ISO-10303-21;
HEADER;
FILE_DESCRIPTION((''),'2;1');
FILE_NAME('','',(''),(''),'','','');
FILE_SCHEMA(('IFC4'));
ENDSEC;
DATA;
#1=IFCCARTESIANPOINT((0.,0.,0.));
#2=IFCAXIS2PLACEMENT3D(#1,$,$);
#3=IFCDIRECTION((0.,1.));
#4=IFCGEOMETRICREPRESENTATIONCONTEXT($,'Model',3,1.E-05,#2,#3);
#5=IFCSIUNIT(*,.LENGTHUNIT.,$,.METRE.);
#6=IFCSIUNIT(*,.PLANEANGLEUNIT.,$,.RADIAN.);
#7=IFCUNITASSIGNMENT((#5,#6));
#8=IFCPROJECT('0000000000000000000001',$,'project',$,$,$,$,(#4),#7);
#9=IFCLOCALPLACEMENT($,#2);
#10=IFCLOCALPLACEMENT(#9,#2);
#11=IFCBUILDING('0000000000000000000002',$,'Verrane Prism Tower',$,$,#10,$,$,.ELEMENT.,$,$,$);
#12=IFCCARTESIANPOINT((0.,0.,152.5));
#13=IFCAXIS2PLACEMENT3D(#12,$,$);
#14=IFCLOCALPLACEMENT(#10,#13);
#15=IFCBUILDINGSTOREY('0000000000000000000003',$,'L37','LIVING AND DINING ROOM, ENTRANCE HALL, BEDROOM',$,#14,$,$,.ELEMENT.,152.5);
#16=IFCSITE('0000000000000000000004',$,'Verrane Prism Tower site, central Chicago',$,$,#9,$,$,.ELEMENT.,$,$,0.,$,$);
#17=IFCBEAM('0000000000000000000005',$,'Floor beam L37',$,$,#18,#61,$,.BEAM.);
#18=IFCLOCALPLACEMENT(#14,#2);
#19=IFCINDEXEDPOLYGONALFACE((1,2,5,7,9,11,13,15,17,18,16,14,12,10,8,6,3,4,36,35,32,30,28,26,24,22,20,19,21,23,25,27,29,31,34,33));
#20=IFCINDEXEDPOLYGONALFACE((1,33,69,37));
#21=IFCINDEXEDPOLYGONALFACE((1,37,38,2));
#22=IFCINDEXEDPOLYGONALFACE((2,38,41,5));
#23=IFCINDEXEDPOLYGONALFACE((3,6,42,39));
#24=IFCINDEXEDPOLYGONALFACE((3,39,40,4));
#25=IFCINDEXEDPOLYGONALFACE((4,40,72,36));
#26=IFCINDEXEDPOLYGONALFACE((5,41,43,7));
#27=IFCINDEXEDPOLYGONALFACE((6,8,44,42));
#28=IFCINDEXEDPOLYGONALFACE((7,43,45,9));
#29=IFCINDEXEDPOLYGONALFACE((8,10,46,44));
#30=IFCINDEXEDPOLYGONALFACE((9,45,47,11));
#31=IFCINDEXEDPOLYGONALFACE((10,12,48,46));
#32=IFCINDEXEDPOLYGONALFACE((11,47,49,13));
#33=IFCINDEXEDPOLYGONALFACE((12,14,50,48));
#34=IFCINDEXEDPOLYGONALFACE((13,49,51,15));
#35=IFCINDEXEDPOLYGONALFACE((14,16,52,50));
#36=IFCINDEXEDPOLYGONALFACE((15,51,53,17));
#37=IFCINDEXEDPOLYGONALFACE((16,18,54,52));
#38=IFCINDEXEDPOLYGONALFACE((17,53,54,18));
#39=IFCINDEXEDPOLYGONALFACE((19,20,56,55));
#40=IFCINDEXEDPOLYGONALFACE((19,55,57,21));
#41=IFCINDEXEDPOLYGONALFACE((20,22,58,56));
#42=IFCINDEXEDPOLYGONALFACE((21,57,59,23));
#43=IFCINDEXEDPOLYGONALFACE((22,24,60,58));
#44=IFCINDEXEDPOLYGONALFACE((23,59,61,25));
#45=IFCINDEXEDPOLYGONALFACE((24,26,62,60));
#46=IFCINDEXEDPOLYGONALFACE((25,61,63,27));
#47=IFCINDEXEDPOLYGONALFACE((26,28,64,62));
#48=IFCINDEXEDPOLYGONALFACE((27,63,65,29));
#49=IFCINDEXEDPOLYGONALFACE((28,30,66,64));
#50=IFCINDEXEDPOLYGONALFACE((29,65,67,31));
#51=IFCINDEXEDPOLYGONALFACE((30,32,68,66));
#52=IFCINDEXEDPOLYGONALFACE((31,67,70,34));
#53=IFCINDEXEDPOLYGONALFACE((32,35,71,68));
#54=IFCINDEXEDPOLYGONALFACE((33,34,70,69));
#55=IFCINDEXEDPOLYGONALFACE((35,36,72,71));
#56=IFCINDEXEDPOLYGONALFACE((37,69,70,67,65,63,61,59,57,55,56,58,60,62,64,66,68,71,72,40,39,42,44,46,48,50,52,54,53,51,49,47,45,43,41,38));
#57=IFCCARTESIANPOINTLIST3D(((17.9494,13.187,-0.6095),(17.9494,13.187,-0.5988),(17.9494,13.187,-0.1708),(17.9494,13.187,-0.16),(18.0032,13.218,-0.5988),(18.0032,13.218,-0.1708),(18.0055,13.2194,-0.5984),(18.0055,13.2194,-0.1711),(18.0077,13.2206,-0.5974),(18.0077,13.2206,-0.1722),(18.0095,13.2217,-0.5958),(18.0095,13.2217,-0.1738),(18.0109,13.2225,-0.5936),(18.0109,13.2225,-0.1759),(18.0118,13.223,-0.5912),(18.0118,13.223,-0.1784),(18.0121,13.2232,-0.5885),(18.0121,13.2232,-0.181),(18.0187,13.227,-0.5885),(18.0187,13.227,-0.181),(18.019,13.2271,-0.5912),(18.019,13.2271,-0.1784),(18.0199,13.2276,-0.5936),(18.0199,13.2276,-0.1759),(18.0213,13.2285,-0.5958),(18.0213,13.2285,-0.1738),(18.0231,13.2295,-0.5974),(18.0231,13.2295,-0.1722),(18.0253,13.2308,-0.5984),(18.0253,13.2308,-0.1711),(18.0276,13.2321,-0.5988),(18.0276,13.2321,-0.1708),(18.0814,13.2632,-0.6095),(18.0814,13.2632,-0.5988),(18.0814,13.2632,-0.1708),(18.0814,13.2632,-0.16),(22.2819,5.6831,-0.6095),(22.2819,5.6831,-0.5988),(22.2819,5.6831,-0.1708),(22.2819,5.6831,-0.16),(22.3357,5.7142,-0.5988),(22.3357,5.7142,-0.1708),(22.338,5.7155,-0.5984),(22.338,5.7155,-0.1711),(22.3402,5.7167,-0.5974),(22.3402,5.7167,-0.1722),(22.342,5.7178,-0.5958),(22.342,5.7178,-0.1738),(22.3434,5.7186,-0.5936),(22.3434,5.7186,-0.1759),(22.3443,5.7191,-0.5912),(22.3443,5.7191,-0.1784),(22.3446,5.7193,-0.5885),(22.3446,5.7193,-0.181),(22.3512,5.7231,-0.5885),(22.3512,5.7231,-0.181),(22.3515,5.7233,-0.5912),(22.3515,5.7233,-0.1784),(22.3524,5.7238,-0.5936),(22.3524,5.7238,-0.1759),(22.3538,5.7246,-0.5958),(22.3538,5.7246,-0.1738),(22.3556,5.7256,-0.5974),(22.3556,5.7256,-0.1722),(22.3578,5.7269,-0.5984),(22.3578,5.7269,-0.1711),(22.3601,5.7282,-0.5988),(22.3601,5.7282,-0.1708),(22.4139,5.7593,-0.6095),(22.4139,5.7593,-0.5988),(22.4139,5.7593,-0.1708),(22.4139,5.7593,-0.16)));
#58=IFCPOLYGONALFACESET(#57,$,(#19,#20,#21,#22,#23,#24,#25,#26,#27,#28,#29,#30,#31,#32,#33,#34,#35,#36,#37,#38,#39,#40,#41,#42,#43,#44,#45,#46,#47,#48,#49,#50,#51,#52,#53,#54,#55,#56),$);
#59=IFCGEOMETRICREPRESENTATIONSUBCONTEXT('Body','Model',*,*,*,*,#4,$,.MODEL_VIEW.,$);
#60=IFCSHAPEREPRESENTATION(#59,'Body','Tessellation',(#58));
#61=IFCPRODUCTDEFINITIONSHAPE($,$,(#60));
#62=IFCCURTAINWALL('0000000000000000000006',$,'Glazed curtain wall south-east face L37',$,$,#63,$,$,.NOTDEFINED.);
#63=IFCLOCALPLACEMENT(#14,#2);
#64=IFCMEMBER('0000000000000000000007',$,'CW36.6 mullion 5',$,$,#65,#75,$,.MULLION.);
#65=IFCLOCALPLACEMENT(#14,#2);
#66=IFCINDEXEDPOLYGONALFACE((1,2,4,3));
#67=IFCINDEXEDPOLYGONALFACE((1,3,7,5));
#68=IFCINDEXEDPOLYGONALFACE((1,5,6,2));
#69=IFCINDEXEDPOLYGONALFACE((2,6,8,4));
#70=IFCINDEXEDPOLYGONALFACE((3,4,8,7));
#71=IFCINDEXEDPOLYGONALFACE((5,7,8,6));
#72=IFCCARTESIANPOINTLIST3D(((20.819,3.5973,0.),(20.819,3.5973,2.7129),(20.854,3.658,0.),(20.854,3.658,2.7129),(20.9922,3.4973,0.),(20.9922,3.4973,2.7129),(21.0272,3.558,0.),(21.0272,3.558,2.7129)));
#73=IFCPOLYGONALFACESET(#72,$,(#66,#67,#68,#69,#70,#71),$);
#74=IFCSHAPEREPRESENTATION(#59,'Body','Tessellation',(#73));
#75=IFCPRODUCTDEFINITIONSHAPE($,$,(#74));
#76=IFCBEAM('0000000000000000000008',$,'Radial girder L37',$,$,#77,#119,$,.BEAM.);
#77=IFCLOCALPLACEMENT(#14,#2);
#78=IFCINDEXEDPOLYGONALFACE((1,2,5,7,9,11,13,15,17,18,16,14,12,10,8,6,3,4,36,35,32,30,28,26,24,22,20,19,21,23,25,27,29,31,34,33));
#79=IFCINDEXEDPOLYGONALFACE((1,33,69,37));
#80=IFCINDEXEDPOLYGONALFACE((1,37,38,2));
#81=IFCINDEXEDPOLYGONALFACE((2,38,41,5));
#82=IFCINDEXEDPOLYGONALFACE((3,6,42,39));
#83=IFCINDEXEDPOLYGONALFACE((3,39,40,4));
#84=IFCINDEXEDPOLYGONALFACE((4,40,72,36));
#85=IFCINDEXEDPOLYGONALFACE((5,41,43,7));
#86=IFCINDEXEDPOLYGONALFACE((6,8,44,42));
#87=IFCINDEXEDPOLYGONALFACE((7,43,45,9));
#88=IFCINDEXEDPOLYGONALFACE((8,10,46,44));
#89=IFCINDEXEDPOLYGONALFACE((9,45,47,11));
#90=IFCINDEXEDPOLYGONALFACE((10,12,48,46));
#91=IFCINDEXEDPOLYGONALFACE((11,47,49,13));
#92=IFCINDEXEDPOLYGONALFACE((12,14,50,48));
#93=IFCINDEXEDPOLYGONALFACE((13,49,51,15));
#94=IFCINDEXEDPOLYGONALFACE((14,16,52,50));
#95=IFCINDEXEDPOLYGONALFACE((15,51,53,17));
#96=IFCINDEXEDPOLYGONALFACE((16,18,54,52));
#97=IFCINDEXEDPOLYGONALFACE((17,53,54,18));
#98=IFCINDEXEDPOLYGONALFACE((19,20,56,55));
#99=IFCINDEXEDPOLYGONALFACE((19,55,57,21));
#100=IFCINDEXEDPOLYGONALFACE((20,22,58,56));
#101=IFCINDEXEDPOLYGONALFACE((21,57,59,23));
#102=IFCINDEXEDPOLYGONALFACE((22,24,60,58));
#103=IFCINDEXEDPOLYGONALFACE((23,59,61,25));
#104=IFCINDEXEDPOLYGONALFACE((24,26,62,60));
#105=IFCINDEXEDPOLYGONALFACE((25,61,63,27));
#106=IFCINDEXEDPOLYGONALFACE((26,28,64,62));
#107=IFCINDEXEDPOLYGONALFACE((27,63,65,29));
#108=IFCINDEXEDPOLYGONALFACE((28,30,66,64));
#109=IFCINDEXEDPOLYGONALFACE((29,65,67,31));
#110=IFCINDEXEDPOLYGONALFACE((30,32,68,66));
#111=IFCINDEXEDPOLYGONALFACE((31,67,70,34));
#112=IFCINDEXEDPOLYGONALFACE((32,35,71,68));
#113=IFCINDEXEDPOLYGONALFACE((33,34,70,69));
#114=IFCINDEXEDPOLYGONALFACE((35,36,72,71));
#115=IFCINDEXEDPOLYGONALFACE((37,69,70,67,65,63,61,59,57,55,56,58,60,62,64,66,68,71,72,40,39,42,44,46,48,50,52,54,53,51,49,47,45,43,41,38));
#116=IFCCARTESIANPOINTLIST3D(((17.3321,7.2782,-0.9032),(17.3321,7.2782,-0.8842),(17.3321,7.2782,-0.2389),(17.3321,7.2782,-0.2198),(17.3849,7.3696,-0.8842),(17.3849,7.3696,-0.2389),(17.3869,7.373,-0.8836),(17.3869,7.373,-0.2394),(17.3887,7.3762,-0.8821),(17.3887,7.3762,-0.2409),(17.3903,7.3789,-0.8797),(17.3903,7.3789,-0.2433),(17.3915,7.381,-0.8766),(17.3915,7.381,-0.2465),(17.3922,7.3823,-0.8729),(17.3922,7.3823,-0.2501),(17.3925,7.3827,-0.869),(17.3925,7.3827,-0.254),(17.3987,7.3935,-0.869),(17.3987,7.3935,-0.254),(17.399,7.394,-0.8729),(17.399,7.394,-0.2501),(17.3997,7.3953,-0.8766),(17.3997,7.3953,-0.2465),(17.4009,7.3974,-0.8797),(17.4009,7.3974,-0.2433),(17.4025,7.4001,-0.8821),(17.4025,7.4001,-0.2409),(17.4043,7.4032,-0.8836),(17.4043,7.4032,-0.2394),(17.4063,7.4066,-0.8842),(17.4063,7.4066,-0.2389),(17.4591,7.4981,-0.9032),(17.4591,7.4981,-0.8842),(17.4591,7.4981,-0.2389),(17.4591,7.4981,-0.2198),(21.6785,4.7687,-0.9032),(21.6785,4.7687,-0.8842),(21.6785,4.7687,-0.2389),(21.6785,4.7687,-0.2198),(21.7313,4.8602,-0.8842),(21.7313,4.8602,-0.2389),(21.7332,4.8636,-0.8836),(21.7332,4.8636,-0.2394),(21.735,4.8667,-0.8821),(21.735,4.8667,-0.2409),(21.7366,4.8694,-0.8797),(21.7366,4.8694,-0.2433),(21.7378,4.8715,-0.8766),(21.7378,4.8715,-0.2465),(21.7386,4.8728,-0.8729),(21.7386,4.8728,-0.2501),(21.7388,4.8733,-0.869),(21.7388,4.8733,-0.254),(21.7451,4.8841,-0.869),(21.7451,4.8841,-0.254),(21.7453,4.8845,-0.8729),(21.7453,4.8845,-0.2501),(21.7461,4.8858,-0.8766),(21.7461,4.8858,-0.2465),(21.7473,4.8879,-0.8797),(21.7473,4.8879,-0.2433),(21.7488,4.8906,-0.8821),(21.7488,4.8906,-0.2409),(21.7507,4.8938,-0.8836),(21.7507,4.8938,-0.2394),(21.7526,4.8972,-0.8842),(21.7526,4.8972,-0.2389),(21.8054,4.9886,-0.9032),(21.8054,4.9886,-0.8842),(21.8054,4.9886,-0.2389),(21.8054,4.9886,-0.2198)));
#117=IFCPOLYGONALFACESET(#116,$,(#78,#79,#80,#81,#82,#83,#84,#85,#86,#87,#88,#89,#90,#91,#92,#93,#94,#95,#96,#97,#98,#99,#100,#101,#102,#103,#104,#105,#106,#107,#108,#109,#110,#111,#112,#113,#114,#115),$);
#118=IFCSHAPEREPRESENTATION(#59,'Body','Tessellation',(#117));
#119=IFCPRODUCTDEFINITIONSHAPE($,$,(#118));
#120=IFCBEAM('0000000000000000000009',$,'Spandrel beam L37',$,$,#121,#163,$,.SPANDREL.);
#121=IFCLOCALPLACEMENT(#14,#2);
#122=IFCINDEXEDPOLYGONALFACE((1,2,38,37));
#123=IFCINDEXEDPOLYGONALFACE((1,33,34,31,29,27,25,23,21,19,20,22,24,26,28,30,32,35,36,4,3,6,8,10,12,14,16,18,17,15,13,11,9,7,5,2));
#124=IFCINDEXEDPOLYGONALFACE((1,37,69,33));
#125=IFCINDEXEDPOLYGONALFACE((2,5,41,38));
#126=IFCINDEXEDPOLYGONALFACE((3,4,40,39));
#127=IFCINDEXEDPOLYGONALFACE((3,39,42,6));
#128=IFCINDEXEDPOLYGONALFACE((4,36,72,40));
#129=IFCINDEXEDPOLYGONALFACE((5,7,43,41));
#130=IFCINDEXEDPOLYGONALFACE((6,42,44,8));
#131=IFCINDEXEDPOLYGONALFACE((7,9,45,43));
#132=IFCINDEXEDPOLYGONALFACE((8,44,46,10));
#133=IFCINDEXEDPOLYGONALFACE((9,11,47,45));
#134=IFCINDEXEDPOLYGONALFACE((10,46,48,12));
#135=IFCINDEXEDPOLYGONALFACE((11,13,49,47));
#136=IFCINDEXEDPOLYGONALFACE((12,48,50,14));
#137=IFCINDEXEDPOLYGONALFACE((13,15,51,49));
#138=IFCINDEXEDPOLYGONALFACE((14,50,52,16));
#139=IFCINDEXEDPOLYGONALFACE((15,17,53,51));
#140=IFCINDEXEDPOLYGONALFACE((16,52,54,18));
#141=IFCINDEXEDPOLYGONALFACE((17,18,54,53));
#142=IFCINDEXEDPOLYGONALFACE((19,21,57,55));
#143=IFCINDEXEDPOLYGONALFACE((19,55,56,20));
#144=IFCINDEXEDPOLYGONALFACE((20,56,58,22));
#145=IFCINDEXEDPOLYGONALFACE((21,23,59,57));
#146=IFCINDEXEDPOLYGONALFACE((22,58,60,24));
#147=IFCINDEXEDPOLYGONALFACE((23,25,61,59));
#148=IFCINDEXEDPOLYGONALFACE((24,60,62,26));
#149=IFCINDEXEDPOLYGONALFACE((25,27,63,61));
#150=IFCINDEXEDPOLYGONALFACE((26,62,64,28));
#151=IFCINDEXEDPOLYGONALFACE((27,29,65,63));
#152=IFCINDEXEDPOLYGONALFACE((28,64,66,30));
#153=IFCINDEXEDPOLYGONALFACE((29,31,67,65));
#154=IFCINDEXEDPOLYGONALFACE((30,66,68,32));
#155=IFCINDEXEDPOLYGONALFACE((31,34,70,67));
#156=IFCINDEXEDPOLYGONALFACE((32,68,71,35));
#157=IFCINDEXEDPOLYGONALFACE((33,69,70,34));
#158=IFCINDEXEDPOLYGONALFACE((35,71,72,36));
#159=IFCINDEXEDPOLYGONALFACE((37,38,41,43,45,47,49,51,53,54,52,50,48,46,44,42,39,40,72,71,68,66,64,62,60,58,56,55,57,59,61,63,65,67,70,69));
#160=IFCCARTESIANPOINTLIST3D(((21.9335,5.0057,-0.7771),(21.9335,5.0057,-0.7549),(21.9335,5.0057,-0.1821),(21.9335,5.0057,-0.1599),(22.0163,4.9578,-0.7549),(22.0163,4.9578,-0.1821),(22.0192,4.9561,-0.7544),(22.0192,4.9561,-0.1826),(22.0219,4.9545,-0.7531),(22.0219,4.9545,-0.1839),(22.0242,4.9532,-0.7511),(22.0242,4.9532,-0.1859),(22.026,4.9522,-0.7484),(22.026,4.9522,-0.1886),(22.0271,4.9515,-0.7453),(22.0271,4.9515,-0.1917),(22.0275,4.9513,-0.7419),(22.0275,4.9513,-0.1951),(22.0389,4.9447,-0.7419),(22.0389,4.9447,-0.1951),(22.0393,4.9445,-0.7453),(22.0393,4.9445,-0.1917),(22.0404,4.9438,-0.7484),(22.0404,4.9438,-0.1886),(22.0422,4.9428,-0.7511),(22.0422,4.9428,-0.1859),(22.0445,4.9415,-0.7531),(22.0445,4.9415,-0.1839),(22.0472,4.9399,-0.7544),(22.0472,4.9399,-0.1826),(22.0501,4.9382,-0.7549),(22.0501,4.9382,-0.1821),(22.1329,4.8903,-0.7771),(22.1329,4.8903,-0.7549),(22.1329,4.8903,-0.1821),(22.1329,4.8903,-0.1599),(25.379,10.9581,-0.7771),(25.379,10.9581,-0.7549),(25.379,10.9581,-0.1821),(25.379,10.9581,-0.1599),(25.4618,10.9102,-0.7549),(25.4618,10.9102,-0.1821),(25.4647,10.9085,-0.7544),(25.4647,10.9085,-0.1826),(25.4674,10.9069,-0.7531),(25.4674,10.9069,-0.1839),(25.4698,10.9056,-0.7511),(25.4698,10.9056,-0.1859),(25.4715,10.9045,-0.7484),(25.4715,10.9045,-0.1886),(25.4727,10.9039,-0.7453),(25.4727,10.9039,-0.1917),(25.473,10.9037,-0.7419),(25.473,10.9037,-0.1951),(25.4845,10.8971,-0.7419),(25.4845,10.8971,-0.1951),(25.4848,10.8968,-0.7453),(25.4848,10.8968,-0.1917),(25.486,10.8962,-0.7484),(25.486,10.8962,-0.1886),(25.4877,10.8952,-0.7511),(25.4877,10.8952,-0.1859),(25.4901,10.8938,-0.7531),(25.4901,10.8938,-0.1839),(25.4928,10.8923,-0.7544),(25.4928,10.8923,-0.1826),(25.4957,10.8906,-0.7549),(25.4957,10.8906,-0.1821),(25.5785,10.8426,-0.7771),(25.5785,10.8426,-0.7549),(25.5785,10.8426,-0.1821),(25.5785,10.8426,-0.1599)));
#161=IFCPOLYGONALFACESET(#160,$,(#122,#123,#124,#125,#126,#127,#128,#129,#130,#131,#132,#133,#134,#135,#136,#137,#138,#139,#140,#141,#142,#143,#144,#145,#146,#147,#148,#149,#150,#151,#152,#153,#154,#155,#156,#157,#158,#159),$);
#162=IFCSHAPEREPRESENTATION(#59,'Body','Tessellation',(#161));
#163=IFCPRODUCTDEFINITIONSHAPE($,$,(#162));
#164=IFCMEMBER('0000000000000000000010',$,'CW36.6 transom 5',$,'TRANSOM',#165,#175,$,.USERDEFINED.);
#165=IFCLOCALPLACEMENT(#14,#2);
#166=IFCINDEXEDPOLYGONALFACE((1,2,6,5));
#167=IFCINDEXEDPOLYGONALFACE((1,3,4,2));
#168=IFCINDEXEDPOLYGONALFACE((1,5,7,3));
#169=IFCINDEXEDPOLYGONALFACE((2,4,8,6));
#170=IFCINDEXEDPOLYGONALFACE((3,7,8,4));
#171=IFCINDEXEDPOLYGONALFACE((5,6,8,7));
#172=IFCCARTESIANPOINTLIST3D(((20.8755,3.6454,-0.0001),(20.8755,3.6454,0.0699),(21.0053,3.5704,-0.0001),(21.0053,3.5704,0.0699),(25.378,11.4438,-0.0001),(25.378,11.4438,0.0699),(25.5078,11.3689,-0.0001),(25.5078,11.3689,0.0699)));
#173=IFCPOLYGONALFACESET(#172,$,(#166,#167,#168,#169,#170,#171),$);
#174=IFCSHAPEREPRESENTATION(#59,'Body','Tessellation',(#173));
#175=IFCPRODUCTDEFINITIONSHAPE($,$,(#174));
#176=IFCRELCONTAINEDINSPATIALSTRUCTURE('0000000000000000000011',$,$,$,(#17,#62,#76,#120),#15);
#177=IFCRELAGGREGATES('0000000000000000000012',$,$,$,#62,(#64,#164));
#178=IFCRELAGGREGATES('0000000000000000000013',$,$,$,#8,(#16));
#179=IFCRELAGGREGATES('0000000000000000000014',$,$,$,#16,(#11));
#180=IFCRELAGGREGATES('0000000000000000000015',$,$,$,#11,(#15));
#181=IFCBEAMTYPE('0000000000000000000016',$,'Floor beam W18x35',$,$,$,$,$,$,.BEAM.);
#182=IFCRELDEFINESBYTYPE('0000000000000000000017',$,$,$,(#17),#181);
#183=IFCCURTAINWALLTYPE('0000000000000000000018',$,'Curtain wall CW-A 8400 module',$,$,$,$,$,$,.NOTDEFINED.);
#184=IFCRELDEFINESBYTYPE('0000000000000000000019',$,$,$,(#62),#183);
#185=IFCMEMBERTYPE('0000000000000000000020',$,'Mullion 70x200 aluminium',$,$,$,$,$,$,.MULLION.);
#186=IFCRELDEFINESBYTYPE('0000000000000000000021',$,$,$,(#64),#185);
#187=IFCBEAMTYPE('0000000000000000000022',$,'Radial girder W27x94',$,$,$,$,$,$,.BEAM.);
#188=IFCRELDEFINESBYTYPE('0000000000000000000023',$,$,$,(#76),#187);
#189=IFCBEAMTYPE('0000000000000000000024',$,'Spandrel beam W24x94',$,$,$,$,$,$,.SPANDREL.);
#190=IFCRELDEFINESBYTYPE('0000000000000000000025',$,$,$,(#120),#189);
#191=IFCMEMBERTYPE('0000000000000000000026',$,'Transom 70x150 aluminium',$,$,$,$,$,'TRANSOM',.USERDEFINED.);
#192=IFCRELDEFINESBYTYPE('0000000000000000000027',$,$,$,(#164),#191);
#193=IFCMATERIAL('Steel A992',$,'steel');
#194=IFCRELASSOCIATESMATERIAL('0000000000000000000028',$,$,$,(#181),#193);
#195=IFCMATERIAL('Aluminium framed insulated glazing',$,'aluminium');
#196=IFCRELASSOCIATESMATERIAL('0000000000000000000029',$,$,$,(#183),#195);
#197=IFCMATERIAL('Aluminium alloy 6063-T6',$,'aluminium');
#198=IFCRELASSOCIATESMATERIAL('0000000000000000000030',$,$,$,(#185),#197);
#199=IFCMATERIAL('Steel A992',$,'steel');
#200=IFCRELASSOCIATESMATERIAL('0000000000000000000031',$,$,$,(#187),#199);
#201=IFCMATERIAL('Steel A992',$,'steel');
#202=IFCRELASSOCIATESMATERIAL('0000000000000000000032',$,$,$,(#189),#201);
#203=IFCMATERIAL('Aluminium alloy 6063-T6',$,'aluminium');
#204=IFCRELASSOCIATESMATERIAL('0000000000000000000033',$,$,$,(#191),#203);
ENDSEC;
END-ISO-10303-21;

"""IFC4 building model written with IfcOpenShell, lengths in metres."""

from ifc_helpers import new_model, si_unit, direction, frame, origin, origin_2d, place, context, subcontext, project, spatial, rectangle, i_section, extrude, material, material_profile, profile_set, type_object, element, aggregate, save


model = new_model("IFC4")

# Units and contexts
model_context = context("Model", 3, precision=1e-05, world=origin(), true_north=direction((0.0, 1.0)))
body_context = subcontext(model_context, "Body", "Model", "MODEL_VIEW")
ifc_project = project(units=[si_unit("LENGTHUNIT", "METRE"), si_unit("PLANEANGLEUNIT", "RADIAN")], contexts=[model_context])

# Site, building, storey
site_placement = place(None, origin())
site = spatial("IfcSite", under=ifc_project, at=site_placement, Name="Verrane Prism Tower site, central Chicago", CompositionType="ELEMENT", RefElevation=0.0)
building_placement = place(site_placement, origin())
building = spatial("IfcBuilding", under=site, at=building_placement, Name="Verrane Prism Tower", CompositionType="ELEMENT")
storey_placement = place(building_placement, frame((0.0, 0.0, 152.5)))
storey = spatial("IfcBuildingStorey", under=building, at=storey_placement, Name="L37", Description="LIVING AND DINING ROOM, ENTRANCE HALL, BEDROOM", CompositionType="ELEMENT", Elevation=152.5)

# Beam
ifc_material_1 = material(Name="Steel A992", Category="steel")
ifc_material_profile_1 = material_profile(ifc_material_1, i_section(OverallWidth=0.1523, OverallDepth=0.4495, WebThickness=0.0076, FlangeThickness=0.0107, FilletRadius=0.0103, at=origin_2d()), Name="W18x35")
ifc_profile_set_1 = profile_set([ifc_material_profile_1], Name="Steel A992")
beam_type_1 = type_object("IfcBeamType", Name="Floor beam W18x35", PredefinedType="BEAM", material=ifc_profile_set_1)
beam_1_placement = place(storey_placement, frame((22.3479, 5.7212, -0.3848), z_axis=(-0.500012, 0.866019, 0.0), x_axis=(-0.866019, -0.500012, 0.0)))
element("IfcBeam", 1, at=beam_1_placement, inside=storey, type_object=beam_type_1, Name="Floor beam L37", PredefinedType="BEAM", context=body_context, shape_type="SweptSolid", body=[
    extrude(i_section(OverallWidth=0.1523, OverallDepth=0.4495, WebThickness=0.0076, FlangeThickness=0.0107, FilletRadius=0.0103, at=origin_2d()), origin(), (0.0, 0.0, 1.0), 8.6648),
])

# Curtain wall, member
ifc_material_2 = material(Name="Aluminium framed insulated glazing", Category="aluminium")
curtain_wall_type = type_object("IfcCurtainWallType", Name="Curtain wall CW-A 8400 module", PredefinedType="NOTDEFINED", material=ifc_material_2)
curtain_wall_placement = place(storey_placement, origin())
curtain_wall = element("IfcCurtainWall", 2, at=curtain_wall_placement, inside=storey, type_object=curtain_wall_type, Name="Glazed curtain wall south-east face L37", PredefinedType="NOTDEFINED")
ifc_material_3 = material(Name="Aluminium alloy 6063-T6", Category="aluminium")
ifc_material_profile_2 = material_profile(ifc_material_3, rectangle(XDim=0.2, YDim=0.0701, at=origin_2d()), Name="Mullion 70x200 aluminium")
ifc_profile_set_2 = profile_set([ifc_material_profile_2], Name="Aluminium alloy 6063-T6")
member_type_1 = type_object("IfcMemberType", Name="Mullion 70x200 aluminium", PredefinedType="MULLION", material=ifc_profile_set_2)
member_1_placement = place(storey_placement, frame((20.9231, 3.5776, 0.0), z_axis=(0.0, 0.0, 1.0), x_axis=(-0.866025, 0.500001, 0.0)))
member_1 = element("IfcMember", 3, at=member_1_placement, type_object=member_type_1, Name="CW36.6 mullion 5", PredefinedType="MULLION", context=body_context, shape_type="SweptSolid", body=[
    extrude(rectangle(XDim=0.2, YDim=0.0701, at=origin_2d()), origin(), (0.0, 0.0, 1.0), 2.7129),
])

# Beams
ifc_material_4 = material(Name="Steel A992", Category="steel")
ifc_material_profile_3 = material_profile(ifc_material_4, i_section(OverallWidth=0.2539, OverallDepth=0.6833, WebThickness=0.0125, FlangeThickness=0.019, FilletRadius=0.0151, at=origin_2d()), Name="W27x94")
ifc_profile_set_3 = profile_set([ifc_material_profile_3], Name="Steel A992")
beam_type_2 = type_object("IfcBeamType", Name="Radial girder W27x94", PredefinedType="BEAM", material=ifc_profile_set_3)
beam_2_placement = place(storey_placement, frame((21.7419, 4.8787, -0.5615), z_axis=(-0.866016, 0.500016, 0.0), x_axis=(-0.500016, -0.866016, 0.0)))
element("IfcBeam", 4, at=beam_2_placement, inside=storey, type_object=beam_type_2, Name="Radial girder L37", PredefinedType="BEAM", context=body_context, shape_type="SweptSolid", body=[
    extrude(i_section(OverallWidth=0.2539, OverallDepth=0.6833, WebThickness=0.0125, FlangeThickness=0.019, FilletRadius=0.0151, at=origin_2d()), origin(), (0.0, 0.0, 1.0), 5.0188),
])
ifc_material_5 = material(Name="Steel A992", Category="steel")
ifc_material_profile_4 = material_profile(ifc_material_5, i_section(OverallWidth=0.2305, OverallDepth=0.6172, WebThickness=0.0132, FlangeThickness=0.0222, FilletRadius=0.0129, at=origin_2d()), Name="W24x94")
ifc_profile_set_4 = profile_set([ifc_material_profile_4], Name="Steel A992")
beam_type_3 = type_object("IfcBeamType", Name="Spandrel beam W24x94", PredefinedType="SPANDREL", material=ifc_profile_set_4)
beam_3_placement = place(storey_placement, frame((22.0332, 4.948, -0.4685), z_axis=(0.500975, 0.865462, 0.0), x_axis=(-0.865462, 0.500975, 0.0)))
element("IfcBeam", 5, at=beam_3_placement, inside=storey, type_object=beam_type_3, Name="Spandrel beam L37", PredefinedType="SPANDREL", context=body_context, shape_type="SweptSolid", body=[
    extrude(i_section(OverallWidth=0.2305, OverallDepth=0.6172, WebThickness=0.0132, FlangeThickness=0.0222, FilletRadius=0.0129, at=origin_2d()), origin(), (0.0, 0.0, 1.0), 6.8777),
])

# Member
ifc_material_6 = material(Name="Aluminium alloy 6063-T6", Category="aluminium")
ifc_material_profile_5 = material_profile(ifc_material_6, rectangle(XDim=0.1499, YDim=0.0701, at=origin_2d()), Name="Transom 70x150 aluminium")
ifc_profile_set_5 = profile_set([ifc_material_profile_5], Name="Aluminium alloy 6063-T6")
member_type_2 = type_object("IfcMemberType", Name="Transom 70x150 aluminium", ElementType="TRANSOM", PredefinedType="USERDEFINED", material=ifc_profile_set_5)
member_2_placement = place(storey_placement, frame((20.9404, 3.6079, 0.0349), z_axis=(0.500006, 0.866022, 0.0), x_axis=(-0.866022, 0.500006, 0.0)))
member_2 = element("IfcMember", 6, at=member_2_placement, type_object=member_type_2, Name="CW36.6 transom 5", ObjectType="TRANSOM", PredefinedType="USERDEFINED", context=body_context, shape_type="SweptSolid", body=[
    extrude(rectangle(XDim=0.1499, YDim=0.0701, at=origin_2d()), origin(), (0.0, 0.0, 1.0), 9.0049),
])

aggregate(curtain_wall, [member_1, member_2])

save(model, "model.ifc")
